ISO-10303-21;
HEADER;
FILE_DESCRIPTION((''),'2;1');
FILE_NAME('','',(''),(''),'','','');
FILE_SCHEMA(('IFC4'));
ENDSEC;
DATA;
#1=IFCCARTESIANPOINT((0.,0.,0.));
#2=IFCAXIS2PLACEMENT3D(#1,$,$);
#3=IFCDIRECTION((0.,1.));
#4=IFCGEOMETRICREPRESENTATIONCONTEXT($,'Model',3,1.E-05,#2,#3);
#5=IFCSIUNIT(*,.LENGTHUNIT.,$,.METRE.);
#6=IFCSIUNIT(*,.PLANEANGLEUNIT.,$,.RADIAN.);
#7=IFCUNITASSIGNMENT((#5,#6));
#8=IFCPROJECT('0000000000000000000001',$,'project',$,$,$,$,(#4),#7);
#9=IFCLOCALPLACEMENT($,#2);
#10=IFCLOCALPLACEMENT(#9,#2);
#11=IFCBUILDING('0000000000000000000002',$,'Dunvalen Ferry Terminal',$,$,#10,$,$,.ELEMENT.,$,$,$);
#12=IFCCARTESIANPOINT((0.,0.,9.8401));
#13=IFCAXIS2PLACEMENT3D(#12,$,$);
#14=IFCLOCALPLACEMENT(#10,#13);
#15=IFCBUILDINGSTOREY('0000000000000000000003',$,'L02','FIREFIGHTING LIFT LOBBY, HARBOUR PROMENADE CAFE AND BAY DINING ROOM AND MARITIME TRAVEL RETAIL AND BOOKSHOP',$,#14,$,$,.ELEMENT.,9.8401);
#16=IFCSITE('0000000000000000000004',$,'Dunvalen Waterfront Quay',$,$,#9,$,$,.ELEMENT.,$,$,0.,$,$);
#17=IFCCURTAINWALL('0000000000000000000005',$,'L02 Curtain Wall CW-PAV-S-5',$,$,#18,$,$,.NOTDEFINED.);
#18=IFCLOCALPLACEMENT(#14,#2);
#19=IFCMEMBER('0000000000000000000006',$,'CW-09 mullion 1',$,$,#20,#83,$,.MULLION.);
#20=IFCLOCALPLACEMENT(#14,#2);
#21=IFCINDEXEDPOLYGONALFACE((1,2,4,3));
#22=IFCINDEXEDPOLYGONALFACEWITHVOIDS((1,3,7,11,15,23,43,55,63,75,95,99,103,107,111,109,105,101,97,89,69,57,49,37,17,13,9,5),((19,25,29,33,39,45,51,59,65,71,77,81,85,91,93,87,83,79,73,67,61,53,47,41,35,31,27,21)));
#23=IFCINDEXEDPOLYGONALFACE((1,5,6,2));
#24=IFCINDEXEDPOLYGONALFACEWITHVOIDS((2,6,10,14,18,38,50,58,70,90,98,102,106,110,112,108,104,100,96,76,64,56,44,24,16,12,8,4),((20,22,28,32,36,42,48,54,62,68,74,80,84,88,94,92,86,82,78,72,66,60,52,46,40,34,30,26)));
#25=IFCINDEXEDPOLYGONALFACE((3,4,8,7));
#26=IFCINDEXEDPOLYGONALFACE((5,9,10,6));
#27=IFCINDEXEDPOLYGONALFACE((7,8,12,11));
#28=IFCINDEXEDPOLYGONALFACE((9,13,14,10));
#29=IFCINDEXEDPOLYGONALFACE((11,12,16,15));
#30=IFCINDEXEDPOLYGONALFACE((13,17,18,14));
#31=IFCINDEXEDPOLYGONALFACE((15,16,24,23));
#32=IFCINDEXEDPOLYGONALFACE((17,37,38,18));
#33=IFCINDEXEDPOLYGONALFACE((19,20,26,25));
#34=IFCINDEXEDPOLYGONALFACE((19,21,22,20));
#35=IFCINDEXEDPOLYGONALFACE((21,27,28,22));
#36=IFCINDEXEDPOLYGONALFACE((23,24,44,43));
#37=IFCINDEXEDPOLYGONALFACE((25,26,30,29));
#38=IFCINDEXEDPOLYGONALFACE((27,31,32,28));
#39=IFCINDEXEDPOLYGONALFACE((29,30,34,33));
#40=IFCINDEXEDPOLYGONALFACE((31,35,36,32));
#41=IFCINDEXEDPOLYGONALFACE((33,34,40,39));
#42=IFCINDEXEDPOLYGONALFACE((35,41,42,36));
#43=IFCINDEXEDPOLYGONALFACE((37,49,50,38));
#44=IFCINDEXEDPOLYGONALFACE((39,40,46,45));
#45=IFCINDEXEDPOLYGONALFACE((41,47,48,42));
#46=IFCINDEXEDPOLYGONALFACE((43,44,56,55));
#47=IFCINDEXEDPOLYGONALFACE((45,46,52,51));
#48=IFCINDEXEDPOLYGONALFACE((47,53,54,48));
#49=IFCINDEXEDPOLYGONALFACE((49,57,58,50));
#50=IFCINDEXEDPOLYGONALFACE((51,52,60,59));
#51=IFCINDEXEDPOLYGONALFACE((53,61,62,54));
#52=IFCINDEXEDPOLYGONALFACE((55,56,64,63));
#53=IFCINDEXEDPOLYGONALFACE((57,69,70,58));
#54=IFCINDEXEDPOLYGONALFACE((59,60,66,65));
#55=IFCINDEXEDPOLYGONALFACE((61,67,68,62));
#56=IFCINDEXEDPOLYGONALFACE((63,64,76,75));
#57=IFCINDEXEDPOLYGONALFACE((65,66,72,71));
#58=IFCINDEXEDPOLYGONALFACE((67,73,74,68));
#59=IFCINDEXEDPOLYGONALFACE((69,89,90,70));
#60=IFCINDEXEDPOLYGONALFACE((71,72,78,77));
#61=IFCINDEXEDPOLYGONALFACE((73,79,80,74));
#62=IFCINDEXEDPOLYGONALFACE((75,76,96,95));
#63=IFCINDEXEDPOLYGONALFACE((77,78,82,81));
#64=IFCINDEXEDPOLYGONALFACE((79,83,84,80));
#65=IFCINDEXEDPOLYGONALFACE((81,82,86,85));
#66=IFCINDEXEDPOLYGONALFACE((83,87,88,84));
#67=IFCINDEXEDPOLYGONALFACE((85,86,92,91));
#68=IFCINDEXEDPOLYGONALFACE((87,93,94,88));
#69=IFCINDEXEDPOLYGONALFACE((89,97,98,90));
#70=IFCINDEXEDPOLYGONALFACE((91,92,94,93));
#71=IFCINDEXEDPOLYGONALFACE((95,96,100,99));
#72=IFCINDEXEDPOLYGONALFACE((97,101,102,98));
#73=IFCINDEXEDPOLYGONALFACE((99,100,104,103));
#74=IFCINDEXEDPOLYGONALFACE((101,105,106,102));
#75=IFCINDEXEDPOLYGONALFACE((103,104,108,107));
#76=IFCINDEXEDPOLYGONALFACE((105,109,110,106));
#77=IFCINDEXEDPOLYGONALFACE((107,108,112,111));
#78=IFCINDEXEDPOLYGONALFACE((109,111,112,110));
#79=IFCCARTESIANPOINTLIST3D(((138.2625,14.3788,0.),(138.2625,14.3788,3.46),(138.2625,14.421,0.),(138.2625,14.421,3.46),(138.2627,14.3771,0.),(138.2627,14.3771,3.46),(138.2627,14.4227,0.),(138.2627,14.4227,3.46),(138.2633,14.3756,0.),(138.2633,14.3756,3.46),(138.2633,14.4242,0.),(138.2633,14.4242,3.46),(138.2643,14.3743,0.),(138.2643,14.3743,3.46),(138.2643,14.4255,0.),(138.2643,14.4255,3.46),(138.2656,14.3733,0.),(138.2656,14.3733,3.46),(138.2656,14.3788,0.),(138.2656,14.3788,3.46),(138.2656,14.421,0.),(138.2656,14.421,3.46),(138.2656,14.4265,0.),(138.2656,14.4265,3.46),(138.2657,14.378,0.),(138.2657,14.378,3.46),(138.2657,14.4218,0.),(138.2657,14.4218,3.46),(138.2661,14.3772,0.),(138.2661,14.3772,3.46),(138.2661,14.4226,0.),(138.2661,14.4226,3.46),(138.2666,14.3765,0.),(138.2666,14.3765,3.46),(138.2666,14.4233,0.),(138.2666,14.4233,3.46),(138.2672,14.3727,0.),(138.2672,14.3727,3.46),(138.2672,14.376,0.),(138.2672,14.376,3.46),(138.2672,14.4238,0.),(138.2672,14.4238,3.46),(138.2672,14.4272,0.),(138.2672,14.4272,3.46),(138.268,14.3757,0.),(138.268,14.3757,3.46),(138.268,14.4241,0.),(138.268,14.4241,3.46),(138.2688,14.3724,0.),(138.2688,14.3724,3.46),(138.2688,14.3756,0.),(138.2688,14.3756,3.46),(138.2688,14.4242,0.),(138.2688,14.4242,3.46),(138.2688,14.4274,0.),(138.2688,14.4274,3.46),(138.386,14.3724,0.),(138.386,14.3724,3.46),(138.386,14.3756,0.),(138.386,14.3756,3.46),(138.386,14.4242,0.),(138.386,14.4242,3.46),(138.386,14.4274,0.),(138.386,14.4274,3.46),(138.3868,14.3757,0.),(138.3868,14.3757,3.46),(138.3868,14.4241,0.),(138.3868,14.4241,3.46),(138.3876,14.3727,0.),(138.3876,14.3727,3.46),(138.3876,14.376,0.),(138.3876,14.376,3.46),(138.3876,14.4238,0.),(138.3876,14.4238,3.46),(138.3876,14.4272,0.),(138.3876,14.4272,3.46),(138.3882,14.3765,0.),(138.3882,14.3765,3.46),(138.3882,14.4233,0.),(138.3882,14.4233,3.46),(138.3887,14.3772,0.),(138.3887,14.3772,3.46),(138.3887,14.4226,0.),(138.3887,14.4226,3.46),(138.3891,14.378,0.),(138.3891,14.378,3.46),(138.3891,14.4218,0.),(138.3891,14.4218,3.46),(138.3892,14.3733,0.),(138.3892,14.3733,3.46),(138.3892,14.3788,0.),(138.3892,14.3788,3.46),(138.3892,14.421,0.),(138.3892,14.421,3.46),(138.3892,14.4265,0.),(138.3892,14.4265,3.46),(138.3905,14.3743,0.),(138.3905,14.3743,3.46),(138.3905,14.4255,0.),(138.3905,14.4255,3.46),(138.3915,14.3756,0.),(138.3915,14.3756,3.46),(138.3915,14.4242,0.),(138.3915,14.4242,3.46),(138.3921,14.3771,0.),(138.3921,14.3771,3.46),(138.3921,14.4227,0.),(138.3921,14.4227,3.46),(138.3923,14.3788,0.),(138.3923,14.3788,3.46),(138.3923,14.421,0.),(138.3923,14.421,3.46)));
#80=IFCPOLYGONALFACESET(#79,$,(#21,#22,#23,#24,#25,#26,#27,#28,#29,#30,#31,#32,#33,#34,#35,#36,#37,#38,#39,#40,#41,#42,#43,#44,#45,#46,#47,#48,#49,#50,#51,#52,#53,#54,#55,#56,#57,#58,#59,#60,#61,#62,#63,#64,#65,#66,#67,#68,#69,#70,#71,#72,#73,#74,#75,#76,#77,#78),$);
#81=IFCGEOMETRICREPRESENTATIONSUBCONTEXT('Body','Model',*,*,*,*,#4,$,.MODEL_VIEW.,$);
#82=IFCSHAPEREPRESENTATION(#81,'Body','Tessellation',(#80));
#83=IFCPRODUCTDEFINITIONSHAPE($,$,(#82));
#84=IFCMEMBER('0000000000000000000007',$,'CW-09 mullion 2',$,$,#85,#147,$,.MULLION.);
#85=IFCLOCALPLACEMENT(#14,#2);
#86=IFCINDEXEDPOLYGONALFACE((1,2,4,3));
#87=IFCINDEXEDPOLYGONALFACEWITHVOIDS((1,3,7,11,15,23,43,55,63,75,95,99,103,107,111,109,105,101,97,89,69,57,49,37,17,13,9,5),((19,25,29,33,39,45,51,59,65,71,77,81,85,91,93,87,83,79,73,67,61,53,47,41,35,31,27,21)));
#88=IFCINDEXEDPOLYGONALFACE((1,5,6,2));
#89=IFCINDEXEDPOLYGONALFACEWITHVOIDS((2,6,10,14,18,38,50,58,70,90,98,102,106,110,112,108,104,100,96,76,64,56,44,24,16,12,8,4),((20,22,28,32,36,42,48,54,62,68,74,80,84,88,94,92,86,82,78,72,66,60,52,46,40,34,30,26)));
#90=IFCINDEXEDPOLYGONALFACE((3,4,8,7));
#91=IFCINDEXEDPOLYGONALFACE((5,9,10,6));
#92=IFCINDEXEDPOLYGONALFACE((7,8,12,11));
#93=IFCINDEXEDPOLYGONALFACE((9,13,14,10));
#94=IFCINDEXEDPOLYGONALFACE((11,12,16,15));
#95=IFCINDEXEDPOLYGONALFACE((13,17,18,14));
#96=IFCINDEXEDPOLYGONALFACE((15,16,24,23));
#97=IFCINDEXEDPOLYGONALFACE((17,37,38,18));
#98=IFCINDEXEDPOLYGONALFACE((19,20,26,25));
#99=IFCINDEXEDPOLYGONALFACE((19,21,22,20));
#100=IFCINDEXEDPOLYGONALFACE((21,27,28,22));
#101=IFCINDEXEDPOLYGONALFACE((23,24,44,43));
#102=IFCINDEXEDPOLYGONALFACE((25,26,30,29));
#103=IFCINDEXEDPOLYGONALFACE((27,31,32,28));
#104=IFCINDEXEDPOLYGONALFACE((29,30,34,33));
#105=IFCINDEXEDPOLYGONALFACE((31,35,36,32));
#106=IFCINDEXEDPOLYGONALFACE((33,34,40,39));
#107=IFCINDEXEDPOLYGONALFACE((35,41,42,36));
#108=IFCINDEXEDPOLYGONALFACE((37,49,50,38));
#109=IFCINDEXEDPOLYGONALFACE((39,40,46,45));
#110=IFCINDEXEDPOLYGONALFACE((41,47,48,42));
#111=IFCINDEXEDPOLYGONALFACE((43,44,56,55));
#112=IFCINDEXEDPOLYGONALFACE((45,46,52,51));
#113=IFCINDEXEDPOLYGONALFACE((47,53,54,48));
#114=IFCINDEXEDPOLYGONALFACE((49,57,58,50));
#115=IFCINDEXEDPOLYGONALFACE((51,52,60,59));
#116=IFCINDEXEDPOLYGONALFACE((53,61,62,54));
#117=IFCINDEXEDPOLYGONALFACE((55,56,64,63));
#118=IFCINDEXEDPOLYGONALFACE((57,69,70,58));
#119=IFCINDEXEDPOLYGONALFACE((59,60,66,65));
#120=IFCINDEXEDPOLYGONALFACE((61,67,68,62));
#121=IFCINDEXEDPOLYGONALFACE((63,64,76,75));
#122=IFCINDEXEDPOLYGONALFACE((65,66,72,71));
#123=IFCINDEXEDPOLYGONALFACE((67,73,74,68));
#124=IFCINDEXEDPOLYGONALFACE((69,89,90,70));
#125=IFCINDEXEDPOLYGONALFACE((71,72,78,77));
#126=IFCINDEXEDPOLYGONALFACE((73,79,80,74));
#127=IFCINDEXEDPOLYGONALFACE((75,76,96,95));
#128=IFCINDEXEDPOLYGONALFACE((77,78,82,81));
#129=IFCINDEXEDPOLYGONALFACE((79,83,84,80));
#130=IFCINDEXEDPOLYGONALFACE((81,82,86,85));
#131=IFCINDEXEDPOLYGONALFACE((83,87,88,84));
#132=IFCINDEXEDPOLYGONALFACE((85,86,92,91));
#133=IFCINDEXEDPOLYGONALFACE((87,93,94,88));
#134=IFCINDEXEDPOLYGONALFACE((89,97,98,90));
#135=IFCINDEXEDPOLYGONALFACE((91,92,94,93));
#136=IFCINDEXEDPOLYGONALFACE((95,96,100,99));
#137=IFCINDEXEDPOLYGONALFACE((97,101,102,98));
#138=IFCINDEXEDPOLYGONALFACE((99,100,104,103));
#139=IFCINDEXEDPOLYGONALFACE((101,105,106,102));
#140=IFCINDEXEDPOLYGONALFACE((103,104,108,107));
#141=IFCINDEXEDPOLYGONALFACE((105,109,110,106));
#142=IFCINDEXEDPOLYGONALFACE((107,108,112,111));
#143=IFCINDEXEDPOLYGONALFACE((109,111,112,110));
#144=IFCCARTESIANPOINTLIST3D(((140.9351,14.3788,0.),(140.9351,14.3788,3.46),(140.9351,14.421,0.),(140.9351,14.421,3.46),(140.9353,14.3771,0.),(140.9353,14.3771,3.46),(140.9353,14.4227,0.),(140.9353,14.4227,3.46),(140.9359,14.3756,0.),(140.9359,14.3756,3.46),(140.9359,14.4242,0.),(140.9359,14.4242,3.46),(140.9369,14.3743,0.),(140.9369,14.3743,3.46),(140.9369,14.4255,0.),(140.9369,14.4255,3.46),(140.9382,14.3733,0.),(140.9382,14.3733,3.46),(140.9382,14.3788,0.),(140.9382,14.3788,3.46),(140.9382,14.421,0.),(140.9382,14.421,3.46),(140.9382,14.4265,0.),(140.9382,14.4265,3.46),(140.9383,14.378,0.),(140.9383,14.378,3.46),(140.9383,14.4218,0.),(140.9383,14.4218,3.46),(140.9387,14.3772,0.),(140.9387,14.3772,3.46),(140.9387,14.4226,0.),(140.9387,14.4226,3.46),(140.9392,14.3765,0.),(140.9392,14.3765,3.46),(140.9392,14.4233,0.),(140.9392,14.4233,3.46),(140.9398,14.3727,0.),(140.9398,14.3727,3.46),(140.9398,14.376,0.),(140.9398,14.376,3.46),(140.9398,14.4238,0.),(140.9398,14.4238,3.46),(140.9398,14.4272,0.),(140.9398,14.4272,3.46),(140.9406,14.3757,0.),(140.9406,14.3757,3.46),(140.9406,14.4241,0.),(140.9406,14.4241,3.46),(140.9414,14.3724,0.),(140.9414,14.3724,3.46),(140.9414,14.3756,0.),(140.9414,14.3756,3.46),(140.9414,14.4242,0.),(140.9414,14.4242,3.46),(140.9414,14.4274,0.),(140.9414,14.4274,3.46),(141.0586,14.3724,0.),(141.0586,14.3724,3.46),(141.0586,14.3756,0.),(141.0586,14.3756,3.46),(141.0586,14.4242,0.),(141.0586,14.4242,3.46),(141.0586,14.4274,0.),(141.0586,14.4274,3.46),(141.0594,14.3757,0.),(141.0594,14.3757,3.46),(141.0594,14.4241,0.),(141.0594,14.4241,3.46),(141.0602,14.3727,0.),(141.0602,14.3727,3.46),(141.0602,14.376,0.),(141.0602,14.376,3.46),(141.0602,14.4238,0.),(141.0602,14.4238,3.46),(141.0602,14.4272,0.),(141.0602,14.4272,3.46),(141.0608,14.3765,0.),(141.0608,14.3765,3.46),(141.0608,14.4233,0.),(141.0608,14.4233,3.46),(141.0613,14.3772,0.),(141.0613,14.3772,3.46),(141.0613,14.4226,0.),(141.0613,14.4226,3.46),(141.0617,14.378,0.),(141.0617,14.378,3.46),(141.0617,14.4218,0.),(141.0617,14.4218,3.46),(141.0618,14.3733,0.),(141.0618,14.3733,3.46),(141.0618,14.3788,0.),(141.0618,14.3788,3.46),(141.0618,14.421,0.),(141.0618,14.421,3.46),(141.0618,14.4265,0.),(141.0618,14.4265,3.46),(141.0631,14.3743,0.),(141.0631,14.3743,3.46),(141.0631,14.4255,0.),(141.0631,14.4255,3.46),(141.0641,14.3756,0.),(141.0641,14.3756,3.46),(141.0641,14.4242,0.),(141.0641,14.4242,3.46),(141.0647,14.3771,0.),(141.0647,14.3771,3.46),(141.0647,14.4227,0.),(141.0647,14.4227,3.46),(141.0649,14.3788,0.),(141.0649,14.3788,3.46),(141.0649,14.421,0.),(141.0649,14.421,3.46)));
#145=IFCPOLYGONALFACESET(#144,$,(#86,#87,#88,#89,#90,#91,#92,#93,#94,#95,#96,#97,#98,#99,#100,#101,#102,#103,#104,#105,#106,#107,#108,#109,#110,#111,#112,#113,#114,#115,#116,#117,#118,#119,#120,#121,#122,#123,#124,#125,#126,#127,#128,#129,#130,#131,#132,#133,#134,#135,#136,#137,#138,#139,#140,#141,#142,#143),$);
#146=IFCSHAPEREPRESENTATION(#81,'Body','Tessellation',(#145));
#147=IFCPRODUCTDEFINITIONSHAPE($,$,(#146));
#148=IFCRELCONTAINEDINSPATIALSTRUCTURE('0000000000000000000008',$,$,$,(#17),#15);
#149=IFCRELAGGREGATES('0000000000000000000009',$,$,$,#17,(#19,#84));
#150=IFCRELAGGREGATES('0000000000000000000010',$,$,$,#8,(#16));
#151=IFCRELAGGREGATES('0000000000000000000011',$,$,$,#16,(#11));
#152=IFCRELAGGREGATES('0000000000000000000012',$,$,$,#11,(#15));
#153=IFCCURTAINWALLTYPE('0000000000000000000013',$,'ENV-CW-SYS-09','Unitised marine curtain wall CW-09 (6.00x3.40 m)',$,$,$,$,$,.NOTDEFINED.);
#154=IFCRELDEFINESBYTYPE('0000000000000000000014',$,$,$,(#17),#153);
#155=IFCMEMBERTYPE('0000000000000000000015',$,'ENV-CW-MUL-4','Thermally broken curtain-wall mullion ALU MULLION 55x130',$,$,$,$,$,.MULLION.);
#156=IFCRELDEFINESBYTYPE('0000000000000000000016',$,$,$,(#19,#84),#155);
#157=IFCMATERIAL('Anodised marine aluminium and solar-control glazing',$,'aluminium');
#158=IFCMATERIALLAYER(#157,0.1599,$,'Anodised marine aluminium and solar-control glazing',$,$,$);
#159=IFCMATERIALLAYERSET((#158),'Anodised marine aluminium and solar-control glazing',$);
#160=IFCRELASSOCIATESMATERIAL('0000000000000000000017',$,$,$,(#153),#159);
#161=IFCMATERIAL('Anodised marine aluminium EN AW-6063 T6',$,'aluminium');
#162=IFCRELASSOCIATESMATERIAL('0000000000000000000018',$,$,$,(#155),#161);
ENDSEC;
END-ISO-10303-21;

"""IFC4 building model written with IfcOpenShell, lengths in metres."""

from ifc_helpers import new_model, si_unit, direction, frame, origin, origin_2d, place, context, subcontext, project, spatial, hollow_rectangle, extrude, material, layer, layer_set, material_profile, profile_set, type_object, element, aggregate, save


model = new_model("IFC4")

# Units and contexts
model_context = context("Model", 3, precision=1e-05, world=origin(), true_north=direction((0.0, 1.0)))
body_context = subcontext(model_context, "Body", "Model", "MODEL_VIEW")
ifc_project = project(units=[si_unit("LENGTHUNIT", "METRE"), si_unit("PLANEANGLEUNIT", "RADIAN")], contexts=[model_context])

# Site, building, storey
site_placement = place(None, origin())
site = spatial("IfcSite", under=ifc_project, at=site_placement, Name="Dunvalen Waterfront Quay", CompositionType="ELEMENT", RefElevation=0.0)
building_placement = place(site_placement, origin())
building = spatial("IfcBuilding", under=site, at=building_placement, Name="Dunvalen Ferry Terminal", CompositionType="ELEMENT")
storey_placement = place(building_placement, frame((0.0, 0.0, 9.8401)))
storey = spatial("IfcBuildingStorey", under=building, at=storey_placement, Name="L02", Description="FIREFIGHTING LIFT LOBBY, HARBOUR PROMENADE CAFE AND BAY DINING ROOM AND MARITIME TRAVEL RETAIL AND BOOKSHOP", CompositionType="ELEMENT", Elevation=9.8401)

# Curtain wall, members
ifc_material_1 = material(Name="Anodised marine aluminium and solar-control glazing", Category="aluminium")
ifc_layer_1 = layer(ifc_material_1, 0.1599, Name="Anodised marine aluminium and solar-control glazing")
ifc_layer_set_1 = layer_set([ifc_layer_1], Name="Anodised marine aluminium and solar-control glazing")
curtain_wall_type = type_object("IfcCurtainWallType", Name="ENV-CW-SYS-09", Description="Unitised marine curtain wall CW-09 (6.00x3.40 m)", PredefinedType="NOTDEFINED", material=ifc_layer_set_1)
curtain_wall_placement = place(storey_placement, origin())
curtain_wall = element("IfcCurtainWall", 1, at=curtain_wall_placement, inside=storey, type_object=curtain_wall_type, Name="L02 Curtain Wall CW-PAV-S-5", PredefinedType="NOTDEFINED")
ifc_material_2 = material(Name="Anodised marine aluminium EN AW-6063 T6", Category="aluminium")
ifc_material_profile_1 = material_profile(ifc_material_2, hollow_rectangle(XDim=0.0549, YDim=0.1299, WallThickness=0.0032, InnerFilletRadius=0.0032, OuterFilletRadius=0.0063, at=origin_2d()), Name="Anodised marine aluminium EN AW-6063 T6")
ifc_profile_set_1 = profile_set([ifc_material_profile_1], Name="Anodised marine aluminium EN AW-6063 T6")
member_type_1 = type_object("IfcMemberType", Name="ENV-CW-MUL-4", Description="Thermally broken curtain-wall mullion ALU MULLION 55x130", PredefinedType="MULLION", material=ifc_profile_set_1)
member_1_placement = place(storey_placement, frame((138.3274, 14.3999, 0.0), z_axis=(0.0, 0.0, 1.0), x_axis=(0.0, 1.0, 0.0)))
member_1 = element("IfcMember", 2, at=member_1_placement, type_object=member_type_1, Name="CW-09 mullion 1", PredefinedType="MULLION", context=body_context, shape_type="SweptSolid", body=[
    extrude(hollow_rectangle(XDim=0.0549, YDim=0.1299, WallThickness=0.0032, InnerFilletRadius=0.0032, OuterFilletRadius=0.0063, at=origin_2d()), origin(), (0.0, 0.0, 1.0), 3.46),
])
member_2_placement = place(storey_placement, frame((141.0, 14.3999, 0.0), z_axis=(0.0, 0.0, 1.0), x_axis=(0.0, 1.0, 0.0)))
member_2 = element("IfcMember", 3, at=member_2_placement, type_object=member_type_1, Name="CW-09 mullion 2", PredefinedType="MULLION", context=body_context, shape_type="SweptSolid", body=[
    extrude(hollow_rectangle(XDim=0.0549, YDim=0.1299, WallThickness=0.0032, InnerFilletRadius=0.0032, OuterFilletRadius=0.0063, at=origin_2d()), origin(), (0.0, 0.0, 1.0), 3.46),
])

aggregate(curtain_wall, [member_1, member_2])

save(model, "model.ifc")
